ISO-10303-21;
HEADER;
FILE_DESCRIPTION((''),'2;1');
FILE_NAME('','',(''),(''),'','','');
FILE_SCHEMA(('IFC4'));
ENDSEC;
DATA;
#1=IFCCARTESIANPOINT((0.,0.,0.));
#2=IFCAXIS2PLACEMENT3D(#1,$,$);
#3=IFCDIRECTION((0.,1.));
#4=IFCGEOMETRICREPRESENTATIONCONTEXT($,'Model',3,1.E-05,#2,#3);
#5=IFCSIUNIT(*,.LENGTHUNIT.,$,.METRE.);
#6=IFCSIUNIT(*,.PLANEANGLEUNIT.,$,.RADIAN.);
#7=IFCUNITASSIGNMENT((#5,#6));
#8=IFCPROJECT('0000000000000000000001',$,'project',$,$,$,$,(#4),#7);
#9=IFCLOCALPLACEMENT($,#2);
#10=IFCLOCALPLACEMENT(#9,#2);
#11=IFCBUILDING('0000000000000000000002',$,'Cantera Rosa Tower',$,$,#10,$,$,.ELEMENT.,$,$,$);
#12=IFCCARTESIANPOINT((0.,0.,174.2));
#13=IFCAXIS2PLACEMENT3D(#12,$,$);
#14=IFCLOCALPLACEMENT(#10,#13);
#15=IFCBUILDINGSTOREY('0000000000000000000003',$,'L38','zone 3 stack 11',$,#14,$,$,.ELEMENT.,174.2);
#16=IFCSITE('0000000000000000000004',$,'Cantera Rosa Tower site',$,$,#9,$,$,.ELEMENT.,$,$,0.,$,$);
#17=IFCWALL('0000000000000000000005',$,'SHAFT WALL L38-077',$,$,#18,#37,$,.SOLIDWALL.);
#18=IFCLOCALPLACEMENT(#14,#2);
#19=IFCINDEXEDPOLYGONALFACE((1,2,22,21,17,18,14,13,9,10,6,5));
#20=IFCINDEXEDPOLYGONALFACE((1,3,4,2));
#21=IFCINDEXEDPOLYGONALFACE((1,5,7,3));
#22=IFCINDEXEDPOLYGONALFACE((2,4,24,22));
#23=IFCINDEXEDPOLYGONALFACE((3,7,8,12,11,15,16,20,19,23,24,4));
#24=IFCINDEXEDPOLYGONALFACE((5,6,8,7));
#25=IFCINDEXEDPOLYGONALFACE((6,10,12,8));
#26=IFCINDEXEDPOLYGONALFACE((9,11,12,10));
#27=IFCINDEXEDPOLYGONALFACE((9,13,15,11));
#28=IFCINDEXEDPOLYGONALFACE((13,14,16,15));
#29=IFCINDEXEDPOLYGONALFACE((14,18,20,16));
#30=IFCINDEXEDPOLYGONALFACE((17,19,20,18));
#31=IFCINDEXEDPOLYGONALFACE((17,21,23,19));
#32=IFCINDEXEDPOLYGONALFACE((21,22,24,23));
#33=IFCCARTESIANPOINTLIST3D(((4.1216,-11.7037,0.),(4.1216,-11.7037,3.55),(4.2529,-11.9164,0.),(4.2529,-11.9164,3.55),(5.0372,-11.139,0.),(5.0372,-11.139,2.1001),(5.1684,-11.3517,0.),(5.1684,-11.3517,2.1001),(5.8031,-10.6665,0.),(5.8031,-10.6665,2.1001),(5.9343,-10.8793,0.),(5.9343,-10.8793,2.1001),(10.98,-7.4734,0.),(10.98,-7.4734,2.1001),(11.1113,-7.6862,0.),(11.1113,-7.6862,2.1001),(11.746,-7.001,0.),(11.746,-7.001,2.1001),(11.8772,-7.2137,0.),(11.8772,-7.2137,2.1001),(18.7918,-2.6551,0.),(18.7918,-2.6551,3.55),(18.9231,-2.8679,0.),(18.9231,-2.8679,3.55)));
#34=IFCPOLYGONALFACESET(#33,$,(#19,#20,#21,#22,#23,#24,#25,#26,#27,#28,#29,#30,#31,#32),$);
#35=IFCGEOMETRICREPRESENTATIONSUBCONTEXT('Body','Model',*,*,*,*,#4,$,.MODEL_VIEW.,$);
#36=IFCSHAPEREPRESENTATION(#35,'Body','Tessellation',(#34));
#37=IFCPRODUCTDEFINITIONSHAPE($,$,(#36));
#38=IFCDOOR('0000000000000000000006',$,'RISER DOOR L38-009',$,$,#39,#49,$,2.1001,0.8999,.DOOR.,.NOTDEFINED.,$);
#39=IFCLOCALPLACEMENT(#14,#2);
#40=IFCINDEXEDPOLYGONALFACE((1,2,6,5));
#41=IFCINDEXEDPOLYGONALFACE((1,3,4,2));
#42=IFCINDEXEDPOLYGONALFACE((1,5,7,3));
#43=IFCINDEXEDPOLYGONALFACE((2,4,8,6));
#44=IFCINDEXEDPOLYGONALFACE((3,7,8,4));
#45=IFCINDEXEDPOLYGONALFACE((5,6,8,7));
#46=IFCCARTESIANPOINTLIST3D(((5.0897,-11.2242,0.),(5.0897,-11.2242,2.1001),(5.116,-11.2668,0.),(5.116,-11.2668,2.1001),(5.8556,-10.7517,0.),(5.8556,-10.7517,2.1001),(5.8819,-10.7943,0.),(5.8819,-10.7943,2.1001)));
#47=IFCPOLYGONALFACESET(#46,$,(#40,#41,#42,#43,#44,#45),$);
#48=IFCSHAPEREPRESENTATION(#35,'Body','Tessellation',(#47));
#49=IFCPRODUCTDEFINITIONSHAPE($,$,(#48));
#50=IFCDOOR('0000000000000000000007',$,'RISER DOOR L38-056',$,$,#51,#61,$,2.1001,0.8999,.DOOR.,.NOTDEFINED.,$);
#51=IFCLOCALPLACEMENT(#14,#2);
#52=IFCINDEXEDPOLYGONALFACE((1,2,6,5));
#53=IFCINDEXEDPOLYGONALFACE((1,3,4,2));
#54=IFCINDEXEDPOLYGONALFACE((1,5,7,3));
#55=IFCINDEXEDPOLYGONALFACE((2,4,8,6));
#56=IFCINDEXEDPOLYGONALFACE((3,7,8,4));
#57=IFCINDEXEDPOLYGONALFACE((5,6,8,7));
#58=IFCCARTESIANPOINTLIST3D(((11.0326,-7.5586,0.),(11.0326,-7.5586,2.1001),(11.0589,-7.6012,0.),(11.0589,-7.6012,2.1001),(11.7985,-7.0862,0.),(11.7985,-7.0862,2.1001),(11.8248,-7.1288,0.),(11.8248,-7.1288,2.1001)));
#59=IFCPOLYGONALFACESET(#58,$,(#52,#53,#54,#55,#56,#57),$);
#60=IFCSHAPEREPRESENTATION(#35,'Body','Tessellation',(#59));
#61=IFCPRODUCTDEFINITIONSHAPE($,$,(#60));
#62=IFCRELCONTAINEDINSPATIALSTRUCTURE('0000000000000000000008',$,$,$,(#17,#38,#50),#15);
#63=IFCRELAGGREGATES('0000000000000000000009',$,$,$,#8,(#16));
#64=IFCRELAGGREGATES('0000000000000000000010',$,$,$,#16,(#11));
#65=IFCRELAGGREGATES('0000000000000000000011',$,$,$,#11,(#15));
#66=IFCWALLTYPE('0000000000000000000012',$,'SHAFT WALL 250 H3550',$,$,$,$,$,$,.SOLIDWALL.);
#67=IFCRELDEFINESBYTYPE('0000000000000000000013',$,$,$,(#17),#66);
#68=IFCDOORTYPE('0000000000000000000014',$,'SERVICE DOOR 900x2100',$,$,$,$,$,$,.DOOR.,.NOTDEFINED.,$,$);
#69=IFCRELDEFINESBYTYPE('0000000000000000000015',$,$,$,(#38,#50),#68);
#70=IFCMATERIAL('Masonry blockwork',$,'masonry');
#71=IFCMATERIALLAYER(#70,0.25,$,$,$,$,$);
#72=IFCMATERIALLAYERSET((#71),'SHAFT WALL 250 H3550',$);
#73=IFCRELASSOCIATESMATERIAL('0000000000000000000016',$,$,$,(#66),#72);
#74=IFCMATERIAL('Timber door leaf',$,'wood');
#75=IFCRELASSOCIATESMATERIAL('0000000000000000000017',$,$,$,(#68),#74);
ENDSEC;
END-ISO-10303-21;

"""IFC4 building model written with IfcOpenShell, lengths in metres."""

from ifc_helpers import new_model, si_unit, direction, frame, frame_2d, origin, place, context, subcontext, project, spatial, rectangle, extrude, material, layer, layer_set, type_object, element, fill, save


model = new_model("IFC4")

# Units and contexts
model_context = context("Model", 3, precision=1e-05, world=origin(), true_north=direction((0.0, 1.0)))
body_context = subcontext(model_context, "Body", "Model", "MODEL_VIEW")
ifc_project = project(units=[si_unit("LENGTHUNIT", "METRE"), si_unit("PLANEANGLEUNIT", "RADIAN")], contexts=[model_context])

# Site, building, storey
site_placement = place(None, origin())
site = spatial("IfcSite", under=ifc_project, at=site_placement, Name="Cantera Rosa Tower site", CompositionType="ELEMENT", RefElevation=0.0)
building_placement = place(site_placement, origin())
building = spatial("IfcBuilding", under=site, at=building_placement, Name="Cantera Rosa Tower", CompositionType="ELEMENT")
storey_placement = place(building_placement, frame((0.0, 0.0, 174.2)))
storey = spatial("IfcBuildingStorey", under=building, at=storey_placement, Name="L38", Description="zone 3 stack 11", CompositionType="ELEMENT", Elevation=174.2)

# Shared definitions
ifc_material_1 = material(Name="Masonry blockwork", Category="masonry")
ifc_layer_1 = layer(ifc_material_1, 0.25)
ifc_layer_set_1 = layer_set([ifc_layer_1], Name="SHAFT WALL 250 H3550")
wall_type = type_object("IfcWallType", Name="SHAFT WALL 250 H3550", PredefinedType="SOLIDWALL", material=ifc_layer_set_1)

# Wall, openings, doors
wall_1_placement = place(storey_placement, frame((4.1873, -11.8101, 0.0), z_axis=(0.0, 0.0, 1.0), x_axis=(0.85112, 0.524972, 0.0)))
wall_1 = element("IfcWall", 1, at=wall_1_placement, inside=storey, type_object=wall_type, Name="SHAFT WALL L38-077", PredefinedType="SOLIDWALL", context=body_context, shape_type="SweptSolid", body=[
    extrude(rectangle(XDim=17.2363, YDim=0.25, at=frame_2d((8.6182, 0.0))), origin(), (0.0, 0.0, 1.0), 3.55),
])
opening_1_placement = place(wall_1_placement, frame((1.0757, 0.0, 0.0)))
opening_1 = element("IfcOpeningElement", 2, at=opening_1_placement, cuts=wall_1, PredefinedType="OPENING", context=body_context, shape_type="SweptSolid", body=[
    extrude(rectangle(XDim=0.8999, YDim=2.1001, at=frame_2d((0.45, 1.05))), frame((0.0, 0.135, 0.0), z_axis=(0.0, -1.0, 0.0), x_axis=(1.0, 0.0, 0.0)), (0.0, 0.0, 1.0), 0.27),
])
opening_2_placement = place(wall_1_placement, frame((8.0581, 0.0, 0.0)))
opening_2 = element("IfcOpeningElement", 3, at=opening_2_placement, cuts=wall_1, PredefinedType="OPENING", context=body_context, shape_type="SweptSolid", body=[
    extrude(rectangle(XDim=0.8999, YDim=2.1001, at=frame_2d((0.45, 1.05))), frame((0.0, 0.135, 0.0), z_axis=(0.0, -1.0, 0.0), x_axis=(1.0, 0.0, 0.0)), (0.0, 0.0, 1.0), 0.27),
])
ifc_material_2 = material(Name="Timber door leaf", Category="wood")
door_type = type_object("IfcDoorType", Name="SERVICE DOOR 900x2100", OperationType="NOTDEFINED", PredefinedType="DOOR", material=ifc_material_2)
door_1_placement = place(opening_1_placement, origin())
door_1 = element("IfcDoor", 4, at=door_1_placement, inside=storey, type_object=door_type, Name="RISER DOOR L38-009", OperationType="NOTDEFINED", OverallHeight=2.1001, OverallWidth=0.8999, PredefinedType="DOOR", context=body_context, shape_type="SweptSolid", body=[
    extrude(rectangle(XDim=0.8999, YDim=2.1001, at=frame_2d((0.45, 1.05))), frame((0.0, 0.0249, 0.0), z_axis=(0.0, -1.0, 0.0), x_axis=(1.0, 0.0, 0.0)), (0.0, 0.0, 1.0), 0.05),
])
fill(opening_1, door_1)
door_2_placement = place(opening_2_placement, origin())
door_2 = element("IfcDoor", 5, at=door_2_placement, inside=storey, type_object=door_type, Name="RISER DOOR L38-056", OperationType="NOTDEFINED", OverallHeight=2.1001, OverallWidth=0.8999, PredefinedType="DOOR", context=body_context, shape_type="SweptSolid", body=[
    extrude(rectangle(XDim=0.8999, YDim=2.1001, at=frame_2d((0.45, 1.05))), frame((0.0, 0.0249, 0.0), z_axis=(0.0, -1.0, 0.0), x_axis=(1.0, 0.0, 0.0)), (0.0, 0.0, 1.0), 0.05),
])
fill(opening_2, door_2)

save(model, "model.ifc")
